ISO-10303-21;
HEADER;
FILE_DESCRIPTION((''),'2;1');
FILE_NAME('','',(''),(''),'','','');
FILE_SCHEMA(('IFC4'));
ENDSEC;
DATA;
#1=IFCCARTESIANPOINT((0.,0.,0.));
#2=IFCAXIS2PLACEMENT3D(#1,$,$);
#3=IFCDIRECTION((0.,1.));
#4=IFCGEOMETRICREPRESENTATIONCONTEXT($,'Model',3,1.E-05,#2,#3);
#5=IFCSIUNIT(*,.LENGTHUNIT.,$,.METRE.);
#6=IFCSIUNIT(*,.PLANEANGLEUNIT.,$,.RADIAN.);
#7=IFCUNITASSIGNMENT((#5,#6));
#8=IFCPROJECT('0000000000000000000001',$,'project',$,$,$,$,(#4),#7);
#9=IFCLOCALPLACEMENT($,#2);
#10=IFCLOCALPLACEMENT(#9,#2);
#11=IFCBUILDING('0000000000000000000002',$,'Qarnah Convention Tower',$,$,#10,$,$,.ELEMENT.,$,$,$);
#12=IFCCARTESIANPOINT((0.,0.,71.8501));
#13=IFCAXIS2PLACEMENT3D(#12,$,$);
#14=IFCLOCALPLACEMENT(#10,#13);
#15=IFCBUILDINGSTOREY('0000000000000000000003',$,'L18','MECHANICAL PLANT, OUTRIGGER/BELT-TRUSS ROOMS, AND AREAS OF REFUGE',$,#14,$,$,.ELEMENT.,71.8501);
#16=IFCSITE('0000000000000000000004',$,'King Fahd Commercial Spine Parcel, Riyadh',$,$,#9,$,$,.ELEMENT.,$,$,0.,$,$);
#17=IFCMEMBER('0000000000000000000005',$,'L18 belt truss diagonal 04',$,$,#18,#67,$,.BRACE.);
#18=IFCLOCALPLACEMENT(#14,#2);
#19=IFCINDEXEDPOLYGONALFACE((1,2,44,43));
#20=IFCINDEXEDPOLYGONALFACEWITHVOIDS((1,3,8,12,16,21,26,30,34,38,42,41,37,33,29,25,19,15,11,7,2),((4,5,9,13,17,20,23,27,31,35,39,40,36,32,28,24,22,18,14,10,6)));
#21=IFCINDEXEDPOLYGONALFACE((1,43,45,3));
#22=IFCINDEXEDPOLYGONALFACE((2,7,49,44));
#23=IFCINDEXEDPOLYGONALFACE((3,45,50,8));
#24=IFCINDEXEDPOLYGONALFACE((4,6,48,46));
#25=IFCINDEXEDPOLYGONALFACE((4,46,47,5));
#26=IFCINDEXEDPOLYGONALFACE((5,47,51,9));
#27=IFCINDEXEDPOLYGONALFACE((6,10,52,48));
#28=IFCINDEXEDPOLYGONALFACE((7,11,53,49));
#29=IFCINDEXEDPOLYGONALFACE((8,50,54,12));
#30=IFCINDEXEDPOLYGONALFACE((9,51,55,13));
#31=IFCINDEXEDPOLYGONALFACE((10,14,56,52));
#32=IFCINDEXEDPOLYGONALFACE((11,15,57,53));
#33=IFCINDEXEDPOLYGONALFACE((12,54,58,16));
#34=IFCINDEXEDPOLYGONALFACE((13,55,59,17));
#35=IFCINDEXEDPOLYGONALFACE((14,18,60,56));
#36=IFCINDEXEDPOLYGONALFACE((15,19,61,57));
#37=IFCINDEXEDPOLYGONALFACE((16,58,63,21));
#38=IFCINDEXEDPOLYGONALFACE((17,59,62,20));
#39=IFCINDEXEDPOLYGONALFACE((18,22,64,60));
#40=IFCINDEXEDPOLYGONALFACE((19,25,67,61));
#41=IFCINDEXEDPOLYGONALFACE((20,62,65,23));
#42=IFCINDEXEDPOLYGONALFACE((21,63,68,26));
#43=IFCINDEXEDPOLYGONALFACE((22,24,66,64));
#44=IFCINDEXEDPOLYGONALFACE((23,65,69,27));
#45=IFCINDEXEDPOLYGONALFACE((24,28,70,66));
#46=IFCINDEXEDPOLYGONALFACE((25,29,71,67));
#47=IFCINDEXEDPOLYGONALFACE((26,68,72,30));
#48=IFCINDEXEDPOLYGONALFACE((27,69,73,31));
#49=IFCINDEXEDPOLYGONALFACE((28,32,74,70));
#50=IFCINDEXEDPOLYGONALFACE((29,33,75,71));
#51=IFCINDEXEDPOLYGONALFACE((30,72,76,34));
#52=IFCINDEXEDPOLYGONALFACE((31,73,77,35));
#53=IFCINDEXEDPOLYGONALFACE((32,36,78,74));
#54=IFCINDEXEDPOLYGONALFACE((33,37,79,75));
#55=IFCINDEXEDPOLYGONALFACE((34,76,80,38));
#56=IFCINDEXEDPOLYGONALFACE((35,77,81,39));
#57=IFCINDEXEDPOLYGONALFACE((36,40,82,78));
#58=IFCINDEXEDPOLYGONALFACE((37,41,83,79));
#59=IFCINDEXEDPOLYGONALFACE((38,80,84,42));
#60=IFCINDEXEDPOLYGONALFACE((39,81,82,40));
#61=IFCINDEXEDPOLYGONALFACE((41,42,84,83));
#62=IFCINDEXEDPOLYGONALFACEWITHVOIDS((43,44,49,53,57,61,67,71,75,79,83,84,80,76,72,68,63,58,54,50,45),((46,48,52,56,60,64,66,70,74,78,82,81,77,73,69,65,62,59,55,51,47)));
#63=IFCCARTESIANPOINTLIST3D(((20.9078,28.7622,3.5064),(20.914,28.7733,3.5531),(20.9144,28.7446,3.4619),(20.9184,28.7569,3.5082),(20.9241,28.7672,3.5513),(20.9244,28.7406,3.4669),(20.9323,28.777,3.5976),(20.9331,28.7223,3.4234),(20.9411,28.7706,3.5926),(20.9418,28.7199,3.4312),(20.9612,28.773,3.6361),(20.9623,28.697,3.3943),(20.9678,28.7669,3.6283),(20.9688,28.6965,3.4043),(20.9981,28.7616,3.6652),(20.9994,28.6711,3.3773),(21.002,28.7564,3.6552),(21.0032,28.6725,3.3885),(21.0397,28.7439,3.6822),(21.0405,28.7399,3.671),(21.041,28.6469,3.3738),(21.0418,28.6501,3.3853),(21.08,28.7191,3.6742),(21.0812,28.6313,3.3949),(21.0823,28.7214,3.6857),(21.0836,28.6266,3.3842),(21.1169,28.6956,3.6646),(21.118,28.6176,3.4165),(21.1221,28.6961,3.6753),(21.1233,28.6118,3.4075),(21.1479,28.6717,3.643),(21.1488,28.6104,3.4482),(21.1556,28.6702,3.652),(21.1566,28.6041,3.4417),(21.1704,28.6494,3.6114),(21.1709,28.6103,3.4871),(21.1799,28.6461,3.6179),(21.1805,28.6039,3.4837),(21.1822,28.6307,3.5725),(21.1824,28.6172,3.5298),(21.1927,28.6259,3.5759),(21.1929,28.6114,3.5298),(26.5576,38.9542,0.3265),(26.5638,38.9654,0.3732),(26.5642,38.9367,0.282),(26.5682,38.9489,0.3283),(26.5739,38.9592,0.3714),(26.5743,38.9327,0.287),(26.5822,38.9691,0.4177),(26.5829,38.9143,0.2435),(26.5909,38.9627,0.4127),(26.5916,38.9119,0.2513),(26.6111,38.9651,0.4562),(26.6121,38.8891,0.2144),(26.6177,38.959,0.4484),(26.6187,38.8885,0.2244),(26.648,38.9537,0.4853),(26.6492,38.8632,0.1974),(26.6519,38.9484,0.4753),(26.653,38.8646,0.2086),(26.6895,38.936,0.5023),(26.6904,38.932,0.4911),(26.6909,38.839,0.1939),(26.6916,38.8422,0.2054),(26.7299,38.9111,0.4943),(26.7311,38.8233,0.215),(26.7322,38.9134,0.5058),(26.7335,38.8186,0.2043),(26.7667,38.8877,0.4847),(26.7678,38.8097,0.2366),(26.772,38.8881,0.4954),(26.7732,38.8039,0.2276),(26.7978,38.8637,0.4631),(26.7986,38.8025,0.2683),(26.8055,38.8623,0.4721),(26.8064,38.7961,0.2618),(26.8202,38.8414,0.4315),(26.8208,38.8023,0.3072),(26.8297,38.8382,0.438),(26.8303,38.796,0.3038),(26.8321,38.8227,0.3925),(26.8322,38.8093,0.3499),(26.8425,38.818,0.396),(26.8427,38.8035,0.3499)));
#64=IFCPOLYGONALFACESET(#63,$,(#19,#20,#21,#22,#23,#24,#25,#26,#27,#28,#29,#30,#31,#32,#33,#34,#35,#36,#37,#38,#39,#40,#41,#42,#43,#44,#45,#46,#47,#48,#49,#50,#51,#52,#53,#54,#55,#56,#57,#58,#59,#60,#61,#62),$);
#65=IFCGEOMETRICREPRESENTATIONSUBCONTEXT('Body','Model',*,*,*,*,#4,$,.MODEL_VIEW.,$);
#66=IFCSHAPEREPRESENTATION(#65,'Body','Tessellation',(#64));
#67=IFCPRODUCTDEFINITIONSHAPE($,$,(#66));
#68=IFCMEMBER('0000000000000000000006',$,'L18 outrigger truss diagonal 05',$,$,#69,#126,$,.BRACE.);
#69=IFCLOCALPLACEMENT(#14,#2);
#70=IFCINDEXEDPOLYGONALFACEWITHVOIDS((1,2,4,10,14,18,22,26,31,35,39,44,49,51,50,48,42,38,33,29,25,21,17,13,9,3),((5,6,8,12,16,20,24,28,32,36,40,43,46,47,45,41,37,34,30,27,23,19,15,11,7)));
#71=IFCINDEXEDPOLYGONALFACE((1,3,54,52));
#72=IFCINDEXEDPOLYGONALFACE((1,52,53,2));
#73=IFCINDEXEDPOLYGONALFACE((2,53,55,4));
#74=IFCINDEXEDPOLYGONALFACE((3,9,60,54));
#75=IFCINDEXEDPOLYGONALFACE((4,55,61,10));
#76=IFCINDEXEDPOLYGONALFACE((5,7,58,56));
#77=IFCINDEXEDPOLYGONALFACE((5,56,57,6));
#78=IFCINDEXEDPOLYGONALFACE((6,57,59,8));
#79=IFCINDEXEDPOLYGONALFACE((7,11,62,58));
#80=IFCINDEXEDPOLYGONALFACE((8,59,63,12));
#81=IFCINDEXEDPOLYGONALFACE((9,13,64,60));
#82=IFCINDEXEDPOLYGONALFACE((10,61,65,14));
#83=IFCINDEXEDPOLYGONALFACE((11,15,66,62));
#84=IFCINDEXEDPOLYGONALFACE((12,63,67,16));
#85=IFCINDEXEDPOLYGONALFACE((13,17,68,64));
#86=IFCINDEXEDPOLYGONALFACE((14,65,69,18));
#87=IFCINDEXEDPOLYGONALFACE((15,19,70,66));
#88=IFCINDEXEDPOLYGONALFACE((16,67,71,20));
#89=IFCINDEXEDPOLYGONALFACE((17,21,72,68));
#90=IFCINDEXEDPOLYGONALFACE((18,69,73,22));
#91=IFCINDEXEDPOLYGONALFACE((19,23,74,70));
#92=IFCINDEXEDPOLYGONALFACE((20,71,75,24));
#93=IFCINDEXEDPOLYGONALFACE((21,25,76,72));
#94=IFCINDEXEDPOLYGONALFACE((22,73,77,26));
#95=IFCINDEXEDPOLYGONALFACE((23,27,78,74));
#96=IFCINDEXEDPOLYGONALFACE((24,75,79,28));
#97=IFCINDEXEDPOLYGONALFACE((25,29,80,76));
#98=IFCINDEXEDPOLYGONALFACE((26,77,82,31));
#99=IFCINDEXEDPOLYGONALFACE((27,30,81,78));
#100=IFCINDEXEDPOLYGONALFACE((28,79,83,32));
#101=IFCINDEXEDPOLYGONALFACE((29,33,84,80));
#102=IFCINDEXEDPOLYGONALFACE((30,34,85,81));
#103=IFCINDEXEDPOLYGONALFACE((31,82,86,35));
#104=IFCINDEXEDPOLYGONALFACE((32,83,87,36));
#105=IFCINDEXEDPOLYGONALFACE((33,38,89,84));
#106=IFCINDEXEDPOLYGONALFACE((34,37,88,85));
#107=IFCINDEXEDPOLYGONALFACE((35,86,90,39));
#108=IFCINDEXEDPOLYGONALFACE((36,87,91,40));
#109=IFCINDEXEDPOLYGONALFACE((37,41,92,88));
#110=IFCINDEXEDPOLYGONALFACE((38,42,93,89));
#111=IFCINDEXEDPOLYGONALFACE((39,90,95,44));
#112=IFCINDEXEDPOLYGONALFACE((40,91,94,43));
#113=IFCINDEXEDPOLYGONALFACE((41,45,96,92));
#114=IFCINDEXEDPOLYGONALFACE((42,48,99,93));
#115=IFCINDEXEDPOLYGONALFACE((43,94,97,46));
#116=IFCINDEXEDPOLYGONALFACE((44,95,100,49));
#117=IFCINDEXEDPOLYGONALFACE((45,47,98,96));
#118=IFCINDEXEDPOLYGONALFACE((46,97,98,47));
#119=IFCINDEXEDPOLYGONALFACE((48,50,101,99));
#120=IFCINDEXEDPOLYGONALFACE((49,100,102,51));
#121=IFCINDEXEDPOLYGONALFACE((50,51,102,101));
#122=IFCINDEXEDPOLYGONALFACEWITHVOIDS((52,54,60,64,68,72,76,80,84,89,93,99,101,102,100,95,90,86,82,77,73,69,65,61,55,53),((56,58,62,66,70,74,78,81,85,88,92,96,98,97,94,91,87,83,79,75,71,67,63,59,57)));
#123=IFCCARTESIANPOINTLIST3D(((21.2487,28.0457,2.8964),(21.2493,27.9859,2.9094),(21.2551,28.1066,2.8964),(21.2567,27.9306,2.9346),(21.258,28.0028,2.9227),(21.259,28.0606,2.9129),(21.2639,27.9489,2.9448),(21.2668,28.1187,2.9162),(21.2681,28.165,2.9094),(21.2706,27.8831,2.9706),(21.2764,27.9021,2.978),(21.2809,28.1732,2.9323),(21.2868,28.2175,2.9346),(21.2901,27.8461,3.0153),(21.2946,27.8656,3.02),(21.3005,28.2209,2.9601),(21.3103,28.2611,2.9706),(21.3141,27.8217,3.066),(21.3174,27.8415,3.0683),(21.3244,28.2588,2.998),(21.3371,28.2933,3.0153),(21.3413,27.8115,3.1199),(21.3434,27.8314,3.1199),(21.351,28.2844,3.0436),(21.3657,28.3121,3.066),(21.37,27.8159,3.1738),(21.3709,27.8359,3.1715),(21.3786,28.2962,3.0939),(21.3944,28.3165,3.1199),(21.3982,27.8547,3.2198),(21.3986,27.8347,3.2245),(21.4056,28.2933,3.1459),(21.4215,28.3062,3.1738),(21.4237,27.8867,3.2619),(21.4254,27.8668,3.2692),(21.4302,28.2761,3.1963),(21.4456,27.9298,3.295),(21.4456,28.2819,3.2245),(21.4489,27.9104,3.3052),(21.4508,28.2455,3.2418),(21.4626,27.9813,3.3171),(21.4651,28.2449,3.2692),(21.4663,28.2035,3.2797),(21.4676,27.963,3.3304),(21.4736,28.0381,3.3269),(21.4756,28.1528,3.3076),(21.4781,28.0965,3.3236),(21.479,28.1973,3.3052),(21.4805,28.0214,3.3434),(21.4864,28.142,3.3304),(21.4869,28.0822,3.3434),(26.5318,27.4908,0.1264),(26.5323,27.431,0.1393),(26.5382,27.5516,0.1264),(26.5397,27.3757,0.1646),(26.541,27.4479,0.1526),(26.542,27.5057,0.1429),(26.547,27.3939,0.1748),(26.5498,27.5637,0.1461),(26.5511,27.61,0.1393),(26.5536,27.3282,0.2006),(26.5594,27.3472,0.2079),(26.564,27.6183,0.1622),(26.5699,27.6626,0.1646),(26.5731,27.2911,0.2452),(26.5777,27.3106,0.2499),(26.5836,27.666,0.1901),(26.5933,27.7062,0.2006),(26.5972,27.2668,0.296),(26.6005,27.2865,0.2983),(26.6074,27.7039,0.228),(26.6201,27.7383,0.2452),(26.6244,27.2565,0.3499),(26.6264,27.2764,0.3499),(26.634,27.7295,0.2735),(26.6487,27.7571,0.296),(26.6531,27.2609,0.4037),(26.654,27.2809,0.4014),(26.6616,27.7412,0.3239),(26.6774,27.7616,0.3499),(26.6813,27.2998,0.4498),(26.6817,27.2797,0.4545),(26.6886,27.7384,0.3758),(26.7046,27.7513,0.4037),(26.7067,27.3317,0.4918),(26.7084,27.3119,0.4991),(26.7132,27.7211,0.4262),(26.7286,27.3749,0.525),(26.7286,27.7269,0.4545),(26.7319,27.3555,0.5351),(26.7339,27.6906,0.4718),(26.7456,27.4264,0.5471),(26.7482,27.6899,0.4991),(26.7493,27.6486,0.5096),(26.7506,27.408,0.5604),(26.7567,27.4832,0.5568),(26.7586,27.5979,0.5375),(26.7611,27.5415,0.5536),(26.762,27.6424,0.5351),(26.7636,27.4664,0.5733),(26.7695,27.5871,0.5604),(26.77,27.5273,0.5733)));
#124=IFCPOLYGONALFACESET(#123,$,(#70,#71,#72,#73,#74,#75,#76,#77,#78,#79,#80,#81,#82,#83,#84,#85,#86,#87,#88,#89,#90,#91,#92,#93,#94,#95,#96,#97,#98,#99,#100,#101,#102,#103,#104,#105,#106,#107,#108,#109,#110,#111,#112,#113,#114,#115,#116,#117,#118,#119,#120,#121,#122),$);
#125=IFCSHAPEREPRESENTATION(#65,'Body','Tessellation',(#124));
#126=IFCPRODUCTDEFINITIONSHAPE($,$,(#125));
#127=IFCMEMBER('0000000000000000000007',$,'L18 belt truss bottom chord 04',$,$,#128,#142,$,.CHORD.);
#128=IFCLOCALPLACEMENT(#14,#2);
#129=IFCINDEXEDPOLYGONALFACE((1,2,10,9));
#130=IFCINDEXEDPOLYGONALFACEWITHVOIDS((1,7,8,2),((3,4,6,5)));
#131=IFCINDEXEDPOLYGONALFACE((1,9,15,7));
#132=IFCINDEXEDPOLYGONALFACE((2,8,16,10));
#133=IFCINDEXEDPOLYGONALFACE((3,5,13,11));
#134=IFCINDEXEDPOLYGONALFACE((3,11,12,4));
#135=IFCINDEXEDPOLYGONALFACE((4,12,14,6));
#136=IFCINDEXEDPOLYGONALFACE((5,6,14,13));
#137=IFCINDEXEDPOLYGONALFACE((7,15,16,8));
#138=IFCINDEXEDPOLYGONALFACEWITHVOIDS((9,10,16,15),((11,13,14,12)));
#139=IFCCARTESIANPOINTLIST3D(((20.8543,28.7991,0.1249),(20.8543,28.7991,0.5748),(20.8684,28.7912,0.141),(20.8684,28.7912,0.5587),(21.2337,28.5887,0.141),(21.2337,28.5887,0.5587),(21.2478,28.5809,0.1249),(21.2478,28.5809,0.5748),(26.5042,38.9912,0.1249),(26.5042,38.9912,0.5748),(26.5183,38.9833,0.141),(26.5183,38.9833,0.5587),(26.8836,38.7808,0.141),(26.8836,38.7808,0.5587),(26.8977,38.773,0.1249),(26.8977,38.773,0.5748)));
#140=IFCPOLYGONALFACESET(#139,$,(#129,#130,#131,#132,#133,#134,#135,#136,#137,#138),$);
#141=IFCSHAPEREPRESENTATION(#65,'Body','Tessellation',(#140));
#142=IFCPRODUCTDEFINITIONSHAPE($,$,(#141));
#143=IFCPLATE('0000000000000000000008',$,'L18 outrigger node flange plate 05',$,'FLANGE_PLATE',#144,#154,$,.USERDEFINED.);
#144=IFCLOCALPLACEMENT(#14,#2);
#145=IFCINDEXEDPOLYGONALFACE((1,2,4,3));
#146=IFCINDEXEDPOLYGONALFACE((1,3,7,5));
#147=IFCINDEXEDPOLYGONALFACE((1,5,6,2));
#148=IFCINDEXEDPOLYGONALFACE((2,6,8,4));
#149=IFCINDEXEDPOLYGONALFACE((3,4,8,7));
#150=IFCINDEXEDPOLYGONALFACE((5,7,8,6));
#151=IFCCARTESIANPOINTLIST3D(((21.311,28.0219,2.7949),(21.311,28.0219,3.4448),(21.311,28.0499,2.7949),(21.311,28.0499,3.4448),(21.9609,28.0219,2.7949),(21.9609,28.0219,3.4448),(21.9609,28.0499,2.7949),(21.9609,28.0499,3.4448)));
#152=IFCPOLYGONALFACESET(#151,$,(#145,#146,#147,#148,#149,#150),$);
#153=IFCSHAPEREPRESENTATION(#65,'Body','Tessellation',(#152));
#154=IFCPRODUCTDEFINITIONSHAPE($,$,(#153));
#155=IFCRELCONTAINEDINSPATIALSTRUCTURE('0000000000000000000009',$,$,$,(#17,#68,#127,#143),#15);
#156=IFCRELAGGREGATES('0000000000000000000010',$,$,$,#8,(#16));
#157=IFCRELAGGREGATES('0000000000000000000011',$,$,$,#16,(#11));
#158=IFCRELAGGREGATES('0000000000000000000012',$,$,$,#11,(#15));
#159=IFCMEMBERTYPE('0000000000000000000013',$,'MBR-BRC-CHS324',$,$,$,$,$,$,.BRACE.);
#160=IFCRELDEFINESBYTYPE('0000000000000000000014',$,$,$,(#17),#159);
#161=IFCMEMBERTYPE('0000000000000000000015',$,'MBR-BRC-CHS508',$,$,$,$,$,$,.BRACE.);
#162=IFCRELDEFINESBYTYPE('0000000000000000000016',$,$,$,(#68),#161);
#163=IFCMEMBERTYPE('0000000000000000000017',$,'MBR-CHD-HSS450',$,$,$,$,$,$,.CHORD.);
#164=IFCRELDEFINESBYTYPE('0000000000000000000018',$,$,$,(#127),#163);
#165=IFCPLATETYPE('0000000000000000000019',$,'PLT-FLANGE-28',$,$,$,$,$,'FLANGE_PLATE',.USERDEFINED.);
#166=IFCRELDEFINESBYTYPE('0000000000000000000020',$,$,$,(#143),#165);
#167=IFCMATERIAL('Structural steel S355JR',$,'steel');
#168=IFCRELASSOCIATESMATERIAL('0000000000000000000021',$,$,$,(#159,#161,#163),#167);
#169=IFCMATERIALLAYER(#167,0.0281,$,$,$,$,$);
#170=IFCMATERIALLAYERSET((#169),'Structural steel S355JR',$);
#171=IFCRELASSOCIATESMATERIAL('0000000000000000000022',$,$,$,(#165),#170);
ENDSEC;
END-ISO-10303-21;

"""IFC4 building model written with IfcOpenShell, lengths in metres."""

from ifc_helpers import new_model, si_unit, direction, frame, origin, origin_2d, place, context, subcontext, project, spatial, rectangle, hollow_rectangle, hollow_circle, extrude, material, layer, layer_set, material_profile, profile_set, type_object, element, save


model = new_model("IFC4")

# Units and contexts
model_context = context("Model", 3, precision=1e-05, world=origin(), true_north=direction((0.0, 1.0)))
body_context = subcontext(model_context, "Body", "Model", "MODEL_VIEW")
ifc_project = project(units=[si_unit("LENGTHUNIT", "METRE"), si_unit("PLANEANGLEUNIT", "RADIAN")], contexts=[model_context])

# Site, building, storey
site_placement = place(None, origin())
site = spatial("IfcSite", under=ifc_project, at=site_placement, Name="King Fahd Commercial Spine Parcel, Riyadh", CompositionType="ELEMENT", RefElevation=0.0)
building_placement = place(site_placement, origin())
building = spatial("IfcBuilding", under=site, at=building_placement, Name="Qarnah Convention Tower", CompositionType="ELEMENT")
storey_placement = place(building_placement, frame((0.0, 0.0, 71.8501)))
storey = spatial("IfcBuildingStorey", under=building, at=storey_placement, Name="L18", Description="MECHANICAL PLANT, OUTRIGGER/BELT-TRUSS ROOMS, AND AREAS OF REFUGE", CompositionType="ELEMENT", Elevation=71.8501)

# Shared definitions
ifc_material_1 = material(Name="Structural steel S355JR", Category="steel")

# Members
ifc_material_profile_1 = material_profile(ifc_material_1, hollow_circle(Radius=0.1621, WallThickness=0.012, at=origin_2d()), Name="CHS324X12")
ifc_profile_set_1 = profile_set([ifc_material_profile_1], Name="Structural steel S355JR")
member_type_1 = type_object("IfcMemberType", Name="MBR-BRC-CHS324", PredefinedType="BRACE", material=ifc_profile_set_1)
member_1_placement = place(storey_placement, frame((26.7009, 38.8821, 0.3499), z_axis=(-0.467729, -0.843759, 0.263251), x_axis=(0.874609, -0.48483, 0.0)))
element("IfcMember", 1, at=member_1_placement, inside=storey, type_object=member_type_1, Name="L18 belt truss diagonal 04", PredefinedType="BRACE", context=body_context, shape_type="SweptSolid", body=[
    extrude(hollow_circle(Radius=0.1621, WallThickness=0.012, at=origin_2d()), origin(), (0.0, 0.0, 1.0), 12.0793),
])
ifc_material_profile_2 = material_profile(ifc_material_1, hollow_circle(Radius=0.2539, WallThickness=0.02, at=origin_2d()), Name="CHS508X20")
ifc_profile_set_2 = profile_set([ifc_material_profile_2], Name="Structural steel S355JR")
member_type_2 = type_object("IfcMemberType", Name="MBR-BRC-CHS508", PredefinedType="BRACE", material=ifc_profile_set_2)
member_2_placement = place(storey_placement, frame((26.6509, 27.509, 0.3499), z_axis=(-0.881834, 0.092629, 0.462373), x_axis=(-0.104467, -0.994528, 0.0)))
element("IfcMember", 2, at=member_2_placement, inside=storey, type_object=member_type_2, Name="L18 outrigger truss diagonal 05", PredefinedType="BRACE", context=body_context, shape_type="SweptSolid", body=[
    extrude(hollow_circle(Radius=0.2539, WallThickness=0.02, at=origin_2d()), origin(), (0.0, 0.0, 1.0), 5.991),
])
ifc_material_profile_3 = material_profile(ifc_material_1, hollow_rectangle(XDim=0.45, YDim=0.45, WallThickness=0.0161, at=origin_2d()), Name="HSS450X450X16")
ifc_profile_set_3 = profile_set([ifc_material_profile_3], Name="Structural steel S355JR")
member_type_3 = type_object("IfcMemberType", Name="MBR-CHD-HSS450", PredefinedType="CHORD", material=ifc_profile_set_3)
member_3_placement = place(storey_placement, frame((26.7009, 38.8821, 0.3499), z_axis=(-0.48483, -0.874609, 0.0), x_axis=(0.874609, -0.48483, 0.0)))
element("IfcMember", 3, at=member_3_placement, inside=storey, type_object=member_type_3, Name="L18 belt truss bottom chord 04", PredefinedType="CHORD", context=body_context, shape_type="SweptSolid", body=[
    extrude(hollow_rectangle(XDim=0.45, YDim=0.45, WallThickness=0.0161, at=origin_2d()), origin(), (0.0, 0.0, 1.0), 11.6533),
])

# Plate
ifc_layer_1 = layer(ifc_material_1, 0.0281)
ifc_layer_set_1 = layer_set([ifc_layer_1], Name="Structural steel S355JR")
plate_type = type_object("IfcPlateType", Name="PLT-FLANGE-28", ElementType="FLANGE_PLATE", PredefinedType="USERDEFINED", material=ifc_layer_set_1)
plate_placement = place(storey_placement, frame((21.636, 28.0359, 2.7949), z_axis=(0.0, 0.0, 1.0), x_axis=(1.0, 0.0, 0.0)))
element("IfcPlate", 4, at=plate_placement, inside=storey, type_object=plate_type, Name="L18 outrigger node flange plate 05", ObjectType="FLANGE_PLATE", PredefinedType="USERDEFINED", context=body_context, shape_type="SweptSolid", body=[
    extrude(rectangle(XDim=0.6499, YDim=0.0281, at=origin_2d()), origin(), (0.0, 0.0, 1.0), 0.6499),
])

save(model, "model.ifc")
